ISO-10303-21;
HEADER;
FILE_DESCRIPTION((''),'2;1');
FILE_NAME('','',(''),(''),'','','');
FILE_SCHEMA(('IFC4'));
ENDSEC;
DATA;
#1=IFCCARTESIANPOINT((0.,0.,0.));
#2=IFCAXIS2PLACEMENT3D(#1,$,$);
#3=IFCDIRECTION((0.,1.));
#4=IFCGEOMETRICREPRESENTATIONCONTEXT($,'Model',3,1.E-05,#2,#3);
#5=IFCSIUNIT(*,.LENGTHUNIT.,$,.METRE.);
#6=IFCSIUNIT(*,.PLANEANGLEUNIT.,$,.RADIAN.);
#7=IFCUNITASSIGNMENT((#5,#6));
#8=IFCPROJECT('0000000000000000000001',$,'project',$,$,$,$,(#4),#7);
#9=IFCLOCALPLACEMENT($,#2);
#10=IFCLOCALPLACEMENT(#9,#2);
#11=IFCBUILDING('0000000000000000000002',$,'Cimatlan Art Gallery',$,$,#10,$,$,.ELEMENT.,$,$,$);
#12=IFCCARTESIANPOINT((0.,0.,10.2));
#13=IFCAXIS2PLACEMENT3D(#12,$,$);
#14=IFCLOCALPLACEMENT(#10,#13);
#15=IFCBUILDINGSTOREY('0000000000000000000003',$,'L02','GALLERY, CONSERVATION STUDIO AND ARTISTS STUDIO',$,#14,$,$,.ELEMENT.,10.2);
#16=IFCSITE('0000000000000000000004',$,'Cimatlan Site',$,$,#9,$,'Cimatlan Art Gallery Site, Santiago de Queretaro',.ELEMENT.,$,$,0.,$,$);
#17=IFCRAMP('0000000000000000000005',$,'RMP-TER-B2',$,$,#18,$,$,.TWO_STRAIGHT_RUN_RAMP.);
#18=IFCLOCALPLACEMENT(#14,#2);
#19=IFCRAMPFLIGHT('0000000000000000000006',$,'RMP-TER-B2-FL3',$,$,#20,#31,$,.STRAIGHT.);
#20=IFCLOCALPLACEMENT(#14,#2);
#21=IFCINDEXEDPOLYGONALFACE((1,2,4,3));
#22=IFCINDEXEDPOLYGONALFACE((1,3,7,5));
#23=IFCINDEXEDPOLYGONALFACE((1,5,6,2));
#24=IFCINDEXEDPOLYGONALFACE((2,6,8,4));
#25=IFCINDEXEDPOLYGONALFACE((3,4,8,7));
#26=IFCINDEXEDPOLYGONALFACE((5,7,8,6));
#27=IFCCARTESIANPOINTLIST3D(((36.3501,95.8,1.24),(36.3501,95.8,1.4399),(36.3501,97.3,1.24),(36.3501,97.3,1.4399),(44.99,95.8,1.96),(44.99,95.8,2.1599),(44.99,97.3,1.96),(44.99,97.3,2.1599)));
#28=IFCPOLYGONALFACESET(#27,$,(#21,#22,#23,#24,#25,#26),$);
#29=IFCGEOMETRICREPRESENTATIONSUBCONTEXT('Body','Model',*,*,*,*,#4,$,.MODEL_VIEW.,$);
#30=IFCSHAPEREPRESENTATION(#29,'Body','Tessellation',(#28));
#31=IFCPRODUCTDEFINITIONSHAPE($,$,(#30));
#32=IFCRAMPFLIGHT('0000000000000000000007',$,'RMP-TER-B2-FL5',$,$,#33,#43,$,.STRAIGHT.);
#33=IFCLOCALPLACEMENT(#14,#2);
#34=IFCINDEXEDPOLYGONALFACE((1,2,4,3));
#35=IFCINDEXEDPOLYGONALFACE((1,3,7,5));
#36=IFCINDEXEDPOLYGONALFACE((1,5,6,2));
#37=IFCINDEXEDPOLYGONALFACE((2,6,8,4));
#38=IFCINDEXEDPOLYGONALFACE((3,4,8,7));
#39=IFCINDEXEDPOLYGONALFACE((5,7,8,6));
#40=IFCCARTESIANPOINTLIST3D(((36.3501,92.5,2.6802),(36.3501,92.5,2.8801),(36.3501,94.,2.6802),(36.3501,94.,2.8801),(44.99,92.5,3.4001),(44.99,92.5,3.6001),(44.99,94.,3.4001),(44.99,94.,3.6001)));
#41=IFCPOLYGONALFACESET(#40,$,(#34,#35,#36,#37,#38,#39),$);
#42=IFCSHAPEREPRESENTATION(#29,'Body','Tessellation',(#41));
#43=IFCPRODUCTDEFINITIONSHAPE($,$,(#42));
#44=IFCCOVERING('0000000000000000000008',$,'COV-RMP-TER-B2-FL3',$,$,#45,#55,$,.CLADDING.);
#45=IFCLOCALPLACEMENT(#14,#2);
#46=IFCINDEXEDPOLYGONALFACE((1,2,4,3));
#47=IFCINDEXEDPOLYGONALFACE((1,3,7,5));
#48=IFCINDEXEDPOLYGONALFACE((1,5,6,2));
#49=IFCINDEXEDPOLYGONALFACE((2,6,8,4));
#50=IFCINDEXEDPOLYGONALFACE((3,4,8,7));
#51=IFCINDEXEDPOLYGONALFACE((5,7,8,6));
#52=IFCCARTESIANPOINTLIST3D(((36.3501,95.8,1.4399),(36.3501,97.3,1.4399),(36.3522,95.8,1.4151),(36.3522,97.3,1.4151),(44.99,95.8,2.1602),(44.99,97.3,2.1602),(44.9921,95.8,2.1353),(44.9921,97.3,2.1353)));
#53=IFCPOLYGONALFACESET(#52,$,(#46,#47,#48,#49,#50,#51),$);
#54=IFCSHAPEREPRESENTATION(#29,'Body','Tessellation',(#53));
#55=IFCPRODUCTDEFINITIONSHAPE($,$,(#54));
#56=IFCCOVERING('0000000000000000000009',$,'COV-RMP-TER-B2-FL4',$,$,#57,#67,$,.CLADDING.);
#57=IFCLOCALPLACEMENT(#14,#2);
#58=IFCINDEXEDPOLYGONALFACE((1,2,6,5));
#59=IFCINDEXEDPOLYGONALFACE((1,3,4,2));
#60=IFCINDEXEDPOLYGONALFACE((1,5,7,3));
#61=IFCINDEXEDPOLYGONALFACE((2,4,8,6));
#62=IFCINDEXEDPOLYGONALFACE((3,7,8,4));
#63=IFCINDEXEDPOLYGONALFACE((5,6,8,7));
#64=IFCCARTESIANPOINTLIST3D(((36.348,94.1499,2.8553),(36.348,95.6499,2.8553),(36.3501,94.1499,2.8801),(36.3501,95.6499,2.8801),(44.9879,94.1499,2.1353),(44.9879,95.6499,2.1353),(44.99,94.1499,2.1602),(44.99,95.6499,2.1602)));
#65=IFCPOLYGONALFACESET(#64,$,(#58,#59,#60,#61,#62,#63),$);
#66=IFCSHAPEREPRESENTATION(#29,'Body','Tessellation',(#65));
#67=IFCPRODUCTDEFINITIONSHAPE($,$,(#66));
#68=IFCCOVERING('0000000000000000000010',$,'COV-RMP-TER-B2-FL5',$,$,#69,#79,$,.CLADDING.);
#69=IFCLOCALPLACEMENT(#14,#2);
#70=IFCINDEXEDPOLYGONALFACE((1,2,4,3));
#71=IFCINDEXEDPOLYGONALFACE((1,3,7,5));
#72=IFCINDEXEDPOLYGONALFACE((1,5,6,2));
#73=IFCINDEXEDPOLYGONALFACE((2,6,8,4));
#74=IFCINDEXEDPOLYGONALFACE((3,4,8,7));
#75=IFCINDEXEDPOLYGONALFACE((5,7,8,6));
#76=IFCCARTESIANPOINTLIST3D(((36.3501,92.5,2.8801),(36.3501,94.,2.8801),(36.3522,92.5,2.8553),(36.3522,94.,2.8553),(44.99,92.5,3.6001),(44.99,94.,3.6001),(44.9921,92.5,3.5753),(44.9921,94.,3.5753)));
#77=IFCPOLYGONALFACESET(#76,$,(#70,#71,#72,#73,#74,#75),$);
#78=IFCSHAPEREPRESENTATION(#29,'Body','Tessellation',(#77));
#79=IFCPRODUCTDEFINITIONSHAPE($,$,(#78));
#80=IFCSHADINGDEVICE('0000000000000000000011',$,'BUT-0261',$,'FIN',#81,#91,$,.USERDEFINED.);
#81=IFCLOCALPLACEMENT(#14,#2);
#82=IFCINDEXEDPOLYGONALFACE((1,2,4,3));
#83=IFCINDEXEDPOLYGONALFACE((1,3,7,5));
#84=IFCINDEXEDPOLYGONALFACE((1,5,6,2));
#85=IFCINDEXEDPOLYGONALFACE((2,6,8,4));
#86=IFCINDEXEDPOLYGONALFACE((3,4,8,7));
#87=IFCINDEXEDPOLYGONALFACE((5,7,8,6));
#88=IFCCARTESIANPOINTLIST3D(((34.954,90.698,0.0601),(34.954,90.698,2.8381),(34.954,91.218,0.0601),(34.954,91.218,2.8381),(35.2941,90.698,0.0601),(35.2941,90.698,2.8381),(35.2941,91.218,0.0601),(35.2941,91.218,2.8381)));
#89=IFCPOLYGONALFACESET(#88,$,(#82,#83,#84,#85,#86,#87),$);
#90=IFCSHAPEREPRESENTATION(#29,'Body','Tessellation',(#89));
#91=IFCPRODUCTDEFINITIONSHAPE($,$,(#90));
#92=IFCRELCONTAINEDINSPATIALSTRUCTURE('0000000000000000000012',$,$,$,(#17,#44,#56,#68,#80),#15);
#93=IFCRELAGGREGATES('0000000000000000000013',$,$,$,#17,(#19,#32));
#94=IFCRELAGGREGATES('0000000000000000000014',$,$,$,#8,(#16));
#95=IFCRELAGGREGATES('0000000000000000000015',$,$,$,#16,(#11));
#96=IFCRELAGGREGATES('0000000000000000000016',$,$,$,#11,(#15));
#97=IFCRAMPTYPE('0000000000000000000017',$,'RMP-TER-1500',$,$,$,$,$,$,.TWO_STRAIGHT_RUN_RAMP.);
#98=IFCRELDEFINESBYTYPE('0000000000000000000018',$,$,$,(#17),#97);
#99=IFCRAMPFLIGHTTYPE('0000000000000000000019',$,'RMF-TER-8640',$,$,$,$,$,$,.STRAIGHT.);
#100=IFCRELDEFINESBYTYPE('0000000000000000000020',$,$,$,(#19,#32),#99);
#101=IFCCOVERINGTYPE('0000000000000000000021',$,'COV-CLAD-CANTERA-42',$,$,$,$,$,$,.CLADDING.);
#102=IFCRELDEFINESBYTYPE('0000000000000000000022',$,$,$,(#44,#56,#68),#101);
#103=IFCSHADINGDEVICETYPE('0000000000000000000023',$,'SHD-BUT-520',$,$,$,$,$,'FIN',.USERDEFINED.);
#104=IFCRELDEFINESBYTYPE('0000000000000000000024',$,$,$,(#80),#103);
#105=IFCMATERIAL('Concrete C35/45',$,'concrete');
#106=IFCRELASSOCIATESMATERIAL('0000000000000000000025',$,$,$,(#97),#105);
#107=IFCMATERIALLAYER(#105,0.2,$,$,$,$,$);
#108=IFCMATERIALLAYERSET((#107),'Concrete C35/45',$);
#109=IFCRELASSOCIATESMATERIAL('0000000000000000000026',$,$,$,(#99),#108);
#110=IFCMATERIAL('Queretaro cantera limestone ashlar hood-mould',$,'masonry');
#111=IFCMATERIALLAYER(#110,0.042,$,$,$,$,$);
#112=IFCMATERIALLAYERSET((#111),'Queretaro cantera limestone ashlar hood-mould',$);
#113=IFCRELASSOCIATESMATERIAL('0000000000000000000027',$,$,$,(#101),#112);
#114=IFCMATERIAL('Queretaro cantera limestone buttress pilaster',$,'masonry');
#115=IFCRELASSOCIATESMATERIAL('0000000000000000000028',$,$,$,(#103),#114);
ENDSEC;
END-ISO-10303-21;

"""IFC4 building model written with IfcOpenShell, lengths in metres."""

from ifc_helpers import new_model, si_unit, direction, frame, origin, origin_2d, place, context, subcontext, project, spatial, polyline, rectangle, outline, extrude, material, layer, layer_set, type_object, element, aggregate, save


model = new_model("IFC4")

# Units and contexts
model_context = context("Model", 3, precision=1e-05, world=origin(), true_north=direction((0.0, 1.0)))
body_context = subcontext(model_context, "Body", "Model", "MODEL_VIEW")
ifc_project = project(units=[si_unit("LENGTHUNIT", "METRE"), si_unit("PLANEANGLEUNIT", "RADIAN")], contexts=[model_context])

# Site, building, storey
site_placement = place(None, origin())
site = spatial("IfcSite", under=ifc_project, at=site_placement, Name="Cimatlan Site", LongName="Cimatlan Art Gallery Site, Santiago de Queretaro", CompositionType="ELEMENT", RefElevation=0.0)
building_placement = place(site_placement, origin())
building = spatial("IfcBuilding", under=site, at=building_placement, Name="Cimatlan Art Gallery", CompositionType="ELEMENT")
storey_placement = place(building_placement, frame((0.0, 0.0, 10.2)))
storey = spatial("IfcBuildingStorey", under=building, at=storey_placement, Name="L02", Description="GALLERY, CONSERVATION STUDIO AND ARTISTS STUDIO", CompositionType="ELEMENT", Elevation=10.2)

# Ramp, ramp flights
ifc_material_1 = material(Name="Concrete C35/45", Category="concrete")
ramp_type = type_object("IfcRampType", Name="RMP-TER-1500", PredefinedType="TWO_STRAIGHT_RUN_RAMP", material=ifc_material_1)
ramp_placement = place(storey_placement, origin())
ramp = element("IfcRamp", 1, at=ramp_placement, inside=storey, type_object=ramp_type, Name="RMP-TER-B2", PredefinedType="TWO_STRAIGHT_RUN_RAMP")
ifc_layer_1 = layer(ifc_material_1, 0.2)
ifc_layer_set_1 = layer_set([ifc_layer_1], Name="Concrete C35/45")
ramp_flight_type = type_object("IfcRampFlightType", Name="RMF-TER-8640", PredefinedType="STRAIGHT", material=ifc_layer_set_1)
ramp_flight_1_placement = place(storey_placement, frame((36.3501, 96.55, 1.4399), z_axis=(0.0, 0.0, 1.0), x_axis=(1.0, 0.0, 0.0)))
ramp_flight_1 = element("IfcRampFlight", 2, at=ramp_flight_1_placement, type_object=ramp_flight_type, Name="RMP-TER-B2-FL3", PredefinedType="STRAIGHT", context=body_context, shape_type="SweptSolid", body=[
    extrude(outline(polyline([(0.0, 0.0), (8.6399, 0.72), (8.6399, 0.52), (0.0, -0.2), (0.0, 0.0)])), frame((0.0, 0.75, 0.0), z_axis=(0.0, -1.0, 0.0), x_axis=(1.0, 0.0, 0.0)), (0.0, 0.0, 1.0), 1.5),
])
ramp_flight_2_placement = place(storey_placement, frame((36.3501, 93.25, 2.8801), z_axis=(0.0, 0.0, 1.0), x_axis=(1.0, 0.0, 0.0)))
ramp_flight_2 = element("IfcRampFlight", 3, at=ramp_flight_2_placement, type_object=ramp_flight_type, Name="RMP-TER-B2-FL5", PredefinedType="STRAIGHT", context=body_context, shape_type="SweptSolid", body=[
    extrude(outline(polyline([(0.0, 0.0), (8.6399, 0.72), (8.6399, 0.52), (0.0, -0.2), (0.0, 0.0)])), frame((0.0, 0.75, 0.0), z_axis=(0.0, -1.0, 0.0), x_axis=(1.0, 0.0, 0.0)), (0.0, 0.0, 1.0), 1.5),
])
aggregate(ramp, [ramp_flight_1, ramp_flight_2])

# Coverings
ifc_material_2 = material(Name="Queretaro cantera limestone ashlar hood-mould", Category="masonry")
ifc_layer_2 = layer(ifc_material_2, 0.042)
ifc_layer_set_2 = layer_set([ifc_layer_2], Name="Queretaro cantera limestone ashlar hood-mould")
covering_type = type_object("IfcCoveringType", Name="COV-CLAD-CANTERA-42", PredefinedType="CLADDING", material=ifc_layer_set_2)
covering_placement = place(storey_placement, frame((36.3501, 95.8, 1.4399), z_axis=(-0.083071, 0.0, 0.996544), x_axis=(0.996544, 0.0, 0.083071)))
element("IfcCovering", 4, at=covering_placement, inside=storey, type_object=covering_type, Name="COV-RMP-TER-B2-FL3", PredefinedType="CLADDING", context=body_context, shape_type="SweptSolid", body=[
    extrude(outline(polyline([(0.0, 0.0), (8.6699, 0.0), (8.6699, 1.5), (0.0, 1.5), (0.0, 0.0)])), origin(), (0.0, 0.0, -1.0), 0.0249),
])
for number, where, z_axis, x_axis, name in (
    (5, (36.3501, 94.1499, 2.8801), (0.083043, 0.0, 0.996546), (0.996546, 0.0, -0.083043), "COV-RMP-TER-B2-FL4"),
    (6, (36.3501, 92.5, 2.8801), (-0.083043, 0.0, 0.996546), (0.996546, 0.0, 0.083043), "COV-RMP-TER-B2-FL5"),
):
    element("IfcCovering", number, at=place(storey_placement, frame(where, z_axis=z_axis, x_axis=x_axis)), inside=storey, type_object=covering_type, Name=name, PredefinedType="CLADDING", context=body_context, shape_type="SweptSolid", body=[
        extrude(outline(polyline([(0.0, 0.0), (8.6698, 0.0), (8.6698, 1.5), (0.0, 1.5), (0.0, 0.0)])), origin(), (0.0, 0.0, -1.0), 0.0249),
    ])

# Shading device
ifc_material_3 = material(Name="Queretaro cantera limestone buttress pilaster", Category="masonry")
shading_device_type = type_object("IfcShadingDeviceType", Name="SHD-BUT-520", ElementType="FIN", PredefinedType="USERDEFINED", material=ifc_material_3)
shading_device_placement = place(storey_placement, frame((35.124, 90.958, 0.0601), z_axis=(0.0, 0.0, 1.0), x_axis=(1.0, 0.0, 0.0)))
element("IfcShadingDevice", 7, at=shading_device_placement, inside=storey, type_object=shading_device_type, Name="BUT-0261", ObjectType="FIN", PredefinedType="USERDEFINED", context=body_context, shape_type="SweptSolid", body=[
    extrude(rectangle(XDim=0.3401, YDim=0.52, at=origin_2d()), origin(), (0.0, 0.0, 1.0), 2.7781),
])

save(model, "model.ifc")
